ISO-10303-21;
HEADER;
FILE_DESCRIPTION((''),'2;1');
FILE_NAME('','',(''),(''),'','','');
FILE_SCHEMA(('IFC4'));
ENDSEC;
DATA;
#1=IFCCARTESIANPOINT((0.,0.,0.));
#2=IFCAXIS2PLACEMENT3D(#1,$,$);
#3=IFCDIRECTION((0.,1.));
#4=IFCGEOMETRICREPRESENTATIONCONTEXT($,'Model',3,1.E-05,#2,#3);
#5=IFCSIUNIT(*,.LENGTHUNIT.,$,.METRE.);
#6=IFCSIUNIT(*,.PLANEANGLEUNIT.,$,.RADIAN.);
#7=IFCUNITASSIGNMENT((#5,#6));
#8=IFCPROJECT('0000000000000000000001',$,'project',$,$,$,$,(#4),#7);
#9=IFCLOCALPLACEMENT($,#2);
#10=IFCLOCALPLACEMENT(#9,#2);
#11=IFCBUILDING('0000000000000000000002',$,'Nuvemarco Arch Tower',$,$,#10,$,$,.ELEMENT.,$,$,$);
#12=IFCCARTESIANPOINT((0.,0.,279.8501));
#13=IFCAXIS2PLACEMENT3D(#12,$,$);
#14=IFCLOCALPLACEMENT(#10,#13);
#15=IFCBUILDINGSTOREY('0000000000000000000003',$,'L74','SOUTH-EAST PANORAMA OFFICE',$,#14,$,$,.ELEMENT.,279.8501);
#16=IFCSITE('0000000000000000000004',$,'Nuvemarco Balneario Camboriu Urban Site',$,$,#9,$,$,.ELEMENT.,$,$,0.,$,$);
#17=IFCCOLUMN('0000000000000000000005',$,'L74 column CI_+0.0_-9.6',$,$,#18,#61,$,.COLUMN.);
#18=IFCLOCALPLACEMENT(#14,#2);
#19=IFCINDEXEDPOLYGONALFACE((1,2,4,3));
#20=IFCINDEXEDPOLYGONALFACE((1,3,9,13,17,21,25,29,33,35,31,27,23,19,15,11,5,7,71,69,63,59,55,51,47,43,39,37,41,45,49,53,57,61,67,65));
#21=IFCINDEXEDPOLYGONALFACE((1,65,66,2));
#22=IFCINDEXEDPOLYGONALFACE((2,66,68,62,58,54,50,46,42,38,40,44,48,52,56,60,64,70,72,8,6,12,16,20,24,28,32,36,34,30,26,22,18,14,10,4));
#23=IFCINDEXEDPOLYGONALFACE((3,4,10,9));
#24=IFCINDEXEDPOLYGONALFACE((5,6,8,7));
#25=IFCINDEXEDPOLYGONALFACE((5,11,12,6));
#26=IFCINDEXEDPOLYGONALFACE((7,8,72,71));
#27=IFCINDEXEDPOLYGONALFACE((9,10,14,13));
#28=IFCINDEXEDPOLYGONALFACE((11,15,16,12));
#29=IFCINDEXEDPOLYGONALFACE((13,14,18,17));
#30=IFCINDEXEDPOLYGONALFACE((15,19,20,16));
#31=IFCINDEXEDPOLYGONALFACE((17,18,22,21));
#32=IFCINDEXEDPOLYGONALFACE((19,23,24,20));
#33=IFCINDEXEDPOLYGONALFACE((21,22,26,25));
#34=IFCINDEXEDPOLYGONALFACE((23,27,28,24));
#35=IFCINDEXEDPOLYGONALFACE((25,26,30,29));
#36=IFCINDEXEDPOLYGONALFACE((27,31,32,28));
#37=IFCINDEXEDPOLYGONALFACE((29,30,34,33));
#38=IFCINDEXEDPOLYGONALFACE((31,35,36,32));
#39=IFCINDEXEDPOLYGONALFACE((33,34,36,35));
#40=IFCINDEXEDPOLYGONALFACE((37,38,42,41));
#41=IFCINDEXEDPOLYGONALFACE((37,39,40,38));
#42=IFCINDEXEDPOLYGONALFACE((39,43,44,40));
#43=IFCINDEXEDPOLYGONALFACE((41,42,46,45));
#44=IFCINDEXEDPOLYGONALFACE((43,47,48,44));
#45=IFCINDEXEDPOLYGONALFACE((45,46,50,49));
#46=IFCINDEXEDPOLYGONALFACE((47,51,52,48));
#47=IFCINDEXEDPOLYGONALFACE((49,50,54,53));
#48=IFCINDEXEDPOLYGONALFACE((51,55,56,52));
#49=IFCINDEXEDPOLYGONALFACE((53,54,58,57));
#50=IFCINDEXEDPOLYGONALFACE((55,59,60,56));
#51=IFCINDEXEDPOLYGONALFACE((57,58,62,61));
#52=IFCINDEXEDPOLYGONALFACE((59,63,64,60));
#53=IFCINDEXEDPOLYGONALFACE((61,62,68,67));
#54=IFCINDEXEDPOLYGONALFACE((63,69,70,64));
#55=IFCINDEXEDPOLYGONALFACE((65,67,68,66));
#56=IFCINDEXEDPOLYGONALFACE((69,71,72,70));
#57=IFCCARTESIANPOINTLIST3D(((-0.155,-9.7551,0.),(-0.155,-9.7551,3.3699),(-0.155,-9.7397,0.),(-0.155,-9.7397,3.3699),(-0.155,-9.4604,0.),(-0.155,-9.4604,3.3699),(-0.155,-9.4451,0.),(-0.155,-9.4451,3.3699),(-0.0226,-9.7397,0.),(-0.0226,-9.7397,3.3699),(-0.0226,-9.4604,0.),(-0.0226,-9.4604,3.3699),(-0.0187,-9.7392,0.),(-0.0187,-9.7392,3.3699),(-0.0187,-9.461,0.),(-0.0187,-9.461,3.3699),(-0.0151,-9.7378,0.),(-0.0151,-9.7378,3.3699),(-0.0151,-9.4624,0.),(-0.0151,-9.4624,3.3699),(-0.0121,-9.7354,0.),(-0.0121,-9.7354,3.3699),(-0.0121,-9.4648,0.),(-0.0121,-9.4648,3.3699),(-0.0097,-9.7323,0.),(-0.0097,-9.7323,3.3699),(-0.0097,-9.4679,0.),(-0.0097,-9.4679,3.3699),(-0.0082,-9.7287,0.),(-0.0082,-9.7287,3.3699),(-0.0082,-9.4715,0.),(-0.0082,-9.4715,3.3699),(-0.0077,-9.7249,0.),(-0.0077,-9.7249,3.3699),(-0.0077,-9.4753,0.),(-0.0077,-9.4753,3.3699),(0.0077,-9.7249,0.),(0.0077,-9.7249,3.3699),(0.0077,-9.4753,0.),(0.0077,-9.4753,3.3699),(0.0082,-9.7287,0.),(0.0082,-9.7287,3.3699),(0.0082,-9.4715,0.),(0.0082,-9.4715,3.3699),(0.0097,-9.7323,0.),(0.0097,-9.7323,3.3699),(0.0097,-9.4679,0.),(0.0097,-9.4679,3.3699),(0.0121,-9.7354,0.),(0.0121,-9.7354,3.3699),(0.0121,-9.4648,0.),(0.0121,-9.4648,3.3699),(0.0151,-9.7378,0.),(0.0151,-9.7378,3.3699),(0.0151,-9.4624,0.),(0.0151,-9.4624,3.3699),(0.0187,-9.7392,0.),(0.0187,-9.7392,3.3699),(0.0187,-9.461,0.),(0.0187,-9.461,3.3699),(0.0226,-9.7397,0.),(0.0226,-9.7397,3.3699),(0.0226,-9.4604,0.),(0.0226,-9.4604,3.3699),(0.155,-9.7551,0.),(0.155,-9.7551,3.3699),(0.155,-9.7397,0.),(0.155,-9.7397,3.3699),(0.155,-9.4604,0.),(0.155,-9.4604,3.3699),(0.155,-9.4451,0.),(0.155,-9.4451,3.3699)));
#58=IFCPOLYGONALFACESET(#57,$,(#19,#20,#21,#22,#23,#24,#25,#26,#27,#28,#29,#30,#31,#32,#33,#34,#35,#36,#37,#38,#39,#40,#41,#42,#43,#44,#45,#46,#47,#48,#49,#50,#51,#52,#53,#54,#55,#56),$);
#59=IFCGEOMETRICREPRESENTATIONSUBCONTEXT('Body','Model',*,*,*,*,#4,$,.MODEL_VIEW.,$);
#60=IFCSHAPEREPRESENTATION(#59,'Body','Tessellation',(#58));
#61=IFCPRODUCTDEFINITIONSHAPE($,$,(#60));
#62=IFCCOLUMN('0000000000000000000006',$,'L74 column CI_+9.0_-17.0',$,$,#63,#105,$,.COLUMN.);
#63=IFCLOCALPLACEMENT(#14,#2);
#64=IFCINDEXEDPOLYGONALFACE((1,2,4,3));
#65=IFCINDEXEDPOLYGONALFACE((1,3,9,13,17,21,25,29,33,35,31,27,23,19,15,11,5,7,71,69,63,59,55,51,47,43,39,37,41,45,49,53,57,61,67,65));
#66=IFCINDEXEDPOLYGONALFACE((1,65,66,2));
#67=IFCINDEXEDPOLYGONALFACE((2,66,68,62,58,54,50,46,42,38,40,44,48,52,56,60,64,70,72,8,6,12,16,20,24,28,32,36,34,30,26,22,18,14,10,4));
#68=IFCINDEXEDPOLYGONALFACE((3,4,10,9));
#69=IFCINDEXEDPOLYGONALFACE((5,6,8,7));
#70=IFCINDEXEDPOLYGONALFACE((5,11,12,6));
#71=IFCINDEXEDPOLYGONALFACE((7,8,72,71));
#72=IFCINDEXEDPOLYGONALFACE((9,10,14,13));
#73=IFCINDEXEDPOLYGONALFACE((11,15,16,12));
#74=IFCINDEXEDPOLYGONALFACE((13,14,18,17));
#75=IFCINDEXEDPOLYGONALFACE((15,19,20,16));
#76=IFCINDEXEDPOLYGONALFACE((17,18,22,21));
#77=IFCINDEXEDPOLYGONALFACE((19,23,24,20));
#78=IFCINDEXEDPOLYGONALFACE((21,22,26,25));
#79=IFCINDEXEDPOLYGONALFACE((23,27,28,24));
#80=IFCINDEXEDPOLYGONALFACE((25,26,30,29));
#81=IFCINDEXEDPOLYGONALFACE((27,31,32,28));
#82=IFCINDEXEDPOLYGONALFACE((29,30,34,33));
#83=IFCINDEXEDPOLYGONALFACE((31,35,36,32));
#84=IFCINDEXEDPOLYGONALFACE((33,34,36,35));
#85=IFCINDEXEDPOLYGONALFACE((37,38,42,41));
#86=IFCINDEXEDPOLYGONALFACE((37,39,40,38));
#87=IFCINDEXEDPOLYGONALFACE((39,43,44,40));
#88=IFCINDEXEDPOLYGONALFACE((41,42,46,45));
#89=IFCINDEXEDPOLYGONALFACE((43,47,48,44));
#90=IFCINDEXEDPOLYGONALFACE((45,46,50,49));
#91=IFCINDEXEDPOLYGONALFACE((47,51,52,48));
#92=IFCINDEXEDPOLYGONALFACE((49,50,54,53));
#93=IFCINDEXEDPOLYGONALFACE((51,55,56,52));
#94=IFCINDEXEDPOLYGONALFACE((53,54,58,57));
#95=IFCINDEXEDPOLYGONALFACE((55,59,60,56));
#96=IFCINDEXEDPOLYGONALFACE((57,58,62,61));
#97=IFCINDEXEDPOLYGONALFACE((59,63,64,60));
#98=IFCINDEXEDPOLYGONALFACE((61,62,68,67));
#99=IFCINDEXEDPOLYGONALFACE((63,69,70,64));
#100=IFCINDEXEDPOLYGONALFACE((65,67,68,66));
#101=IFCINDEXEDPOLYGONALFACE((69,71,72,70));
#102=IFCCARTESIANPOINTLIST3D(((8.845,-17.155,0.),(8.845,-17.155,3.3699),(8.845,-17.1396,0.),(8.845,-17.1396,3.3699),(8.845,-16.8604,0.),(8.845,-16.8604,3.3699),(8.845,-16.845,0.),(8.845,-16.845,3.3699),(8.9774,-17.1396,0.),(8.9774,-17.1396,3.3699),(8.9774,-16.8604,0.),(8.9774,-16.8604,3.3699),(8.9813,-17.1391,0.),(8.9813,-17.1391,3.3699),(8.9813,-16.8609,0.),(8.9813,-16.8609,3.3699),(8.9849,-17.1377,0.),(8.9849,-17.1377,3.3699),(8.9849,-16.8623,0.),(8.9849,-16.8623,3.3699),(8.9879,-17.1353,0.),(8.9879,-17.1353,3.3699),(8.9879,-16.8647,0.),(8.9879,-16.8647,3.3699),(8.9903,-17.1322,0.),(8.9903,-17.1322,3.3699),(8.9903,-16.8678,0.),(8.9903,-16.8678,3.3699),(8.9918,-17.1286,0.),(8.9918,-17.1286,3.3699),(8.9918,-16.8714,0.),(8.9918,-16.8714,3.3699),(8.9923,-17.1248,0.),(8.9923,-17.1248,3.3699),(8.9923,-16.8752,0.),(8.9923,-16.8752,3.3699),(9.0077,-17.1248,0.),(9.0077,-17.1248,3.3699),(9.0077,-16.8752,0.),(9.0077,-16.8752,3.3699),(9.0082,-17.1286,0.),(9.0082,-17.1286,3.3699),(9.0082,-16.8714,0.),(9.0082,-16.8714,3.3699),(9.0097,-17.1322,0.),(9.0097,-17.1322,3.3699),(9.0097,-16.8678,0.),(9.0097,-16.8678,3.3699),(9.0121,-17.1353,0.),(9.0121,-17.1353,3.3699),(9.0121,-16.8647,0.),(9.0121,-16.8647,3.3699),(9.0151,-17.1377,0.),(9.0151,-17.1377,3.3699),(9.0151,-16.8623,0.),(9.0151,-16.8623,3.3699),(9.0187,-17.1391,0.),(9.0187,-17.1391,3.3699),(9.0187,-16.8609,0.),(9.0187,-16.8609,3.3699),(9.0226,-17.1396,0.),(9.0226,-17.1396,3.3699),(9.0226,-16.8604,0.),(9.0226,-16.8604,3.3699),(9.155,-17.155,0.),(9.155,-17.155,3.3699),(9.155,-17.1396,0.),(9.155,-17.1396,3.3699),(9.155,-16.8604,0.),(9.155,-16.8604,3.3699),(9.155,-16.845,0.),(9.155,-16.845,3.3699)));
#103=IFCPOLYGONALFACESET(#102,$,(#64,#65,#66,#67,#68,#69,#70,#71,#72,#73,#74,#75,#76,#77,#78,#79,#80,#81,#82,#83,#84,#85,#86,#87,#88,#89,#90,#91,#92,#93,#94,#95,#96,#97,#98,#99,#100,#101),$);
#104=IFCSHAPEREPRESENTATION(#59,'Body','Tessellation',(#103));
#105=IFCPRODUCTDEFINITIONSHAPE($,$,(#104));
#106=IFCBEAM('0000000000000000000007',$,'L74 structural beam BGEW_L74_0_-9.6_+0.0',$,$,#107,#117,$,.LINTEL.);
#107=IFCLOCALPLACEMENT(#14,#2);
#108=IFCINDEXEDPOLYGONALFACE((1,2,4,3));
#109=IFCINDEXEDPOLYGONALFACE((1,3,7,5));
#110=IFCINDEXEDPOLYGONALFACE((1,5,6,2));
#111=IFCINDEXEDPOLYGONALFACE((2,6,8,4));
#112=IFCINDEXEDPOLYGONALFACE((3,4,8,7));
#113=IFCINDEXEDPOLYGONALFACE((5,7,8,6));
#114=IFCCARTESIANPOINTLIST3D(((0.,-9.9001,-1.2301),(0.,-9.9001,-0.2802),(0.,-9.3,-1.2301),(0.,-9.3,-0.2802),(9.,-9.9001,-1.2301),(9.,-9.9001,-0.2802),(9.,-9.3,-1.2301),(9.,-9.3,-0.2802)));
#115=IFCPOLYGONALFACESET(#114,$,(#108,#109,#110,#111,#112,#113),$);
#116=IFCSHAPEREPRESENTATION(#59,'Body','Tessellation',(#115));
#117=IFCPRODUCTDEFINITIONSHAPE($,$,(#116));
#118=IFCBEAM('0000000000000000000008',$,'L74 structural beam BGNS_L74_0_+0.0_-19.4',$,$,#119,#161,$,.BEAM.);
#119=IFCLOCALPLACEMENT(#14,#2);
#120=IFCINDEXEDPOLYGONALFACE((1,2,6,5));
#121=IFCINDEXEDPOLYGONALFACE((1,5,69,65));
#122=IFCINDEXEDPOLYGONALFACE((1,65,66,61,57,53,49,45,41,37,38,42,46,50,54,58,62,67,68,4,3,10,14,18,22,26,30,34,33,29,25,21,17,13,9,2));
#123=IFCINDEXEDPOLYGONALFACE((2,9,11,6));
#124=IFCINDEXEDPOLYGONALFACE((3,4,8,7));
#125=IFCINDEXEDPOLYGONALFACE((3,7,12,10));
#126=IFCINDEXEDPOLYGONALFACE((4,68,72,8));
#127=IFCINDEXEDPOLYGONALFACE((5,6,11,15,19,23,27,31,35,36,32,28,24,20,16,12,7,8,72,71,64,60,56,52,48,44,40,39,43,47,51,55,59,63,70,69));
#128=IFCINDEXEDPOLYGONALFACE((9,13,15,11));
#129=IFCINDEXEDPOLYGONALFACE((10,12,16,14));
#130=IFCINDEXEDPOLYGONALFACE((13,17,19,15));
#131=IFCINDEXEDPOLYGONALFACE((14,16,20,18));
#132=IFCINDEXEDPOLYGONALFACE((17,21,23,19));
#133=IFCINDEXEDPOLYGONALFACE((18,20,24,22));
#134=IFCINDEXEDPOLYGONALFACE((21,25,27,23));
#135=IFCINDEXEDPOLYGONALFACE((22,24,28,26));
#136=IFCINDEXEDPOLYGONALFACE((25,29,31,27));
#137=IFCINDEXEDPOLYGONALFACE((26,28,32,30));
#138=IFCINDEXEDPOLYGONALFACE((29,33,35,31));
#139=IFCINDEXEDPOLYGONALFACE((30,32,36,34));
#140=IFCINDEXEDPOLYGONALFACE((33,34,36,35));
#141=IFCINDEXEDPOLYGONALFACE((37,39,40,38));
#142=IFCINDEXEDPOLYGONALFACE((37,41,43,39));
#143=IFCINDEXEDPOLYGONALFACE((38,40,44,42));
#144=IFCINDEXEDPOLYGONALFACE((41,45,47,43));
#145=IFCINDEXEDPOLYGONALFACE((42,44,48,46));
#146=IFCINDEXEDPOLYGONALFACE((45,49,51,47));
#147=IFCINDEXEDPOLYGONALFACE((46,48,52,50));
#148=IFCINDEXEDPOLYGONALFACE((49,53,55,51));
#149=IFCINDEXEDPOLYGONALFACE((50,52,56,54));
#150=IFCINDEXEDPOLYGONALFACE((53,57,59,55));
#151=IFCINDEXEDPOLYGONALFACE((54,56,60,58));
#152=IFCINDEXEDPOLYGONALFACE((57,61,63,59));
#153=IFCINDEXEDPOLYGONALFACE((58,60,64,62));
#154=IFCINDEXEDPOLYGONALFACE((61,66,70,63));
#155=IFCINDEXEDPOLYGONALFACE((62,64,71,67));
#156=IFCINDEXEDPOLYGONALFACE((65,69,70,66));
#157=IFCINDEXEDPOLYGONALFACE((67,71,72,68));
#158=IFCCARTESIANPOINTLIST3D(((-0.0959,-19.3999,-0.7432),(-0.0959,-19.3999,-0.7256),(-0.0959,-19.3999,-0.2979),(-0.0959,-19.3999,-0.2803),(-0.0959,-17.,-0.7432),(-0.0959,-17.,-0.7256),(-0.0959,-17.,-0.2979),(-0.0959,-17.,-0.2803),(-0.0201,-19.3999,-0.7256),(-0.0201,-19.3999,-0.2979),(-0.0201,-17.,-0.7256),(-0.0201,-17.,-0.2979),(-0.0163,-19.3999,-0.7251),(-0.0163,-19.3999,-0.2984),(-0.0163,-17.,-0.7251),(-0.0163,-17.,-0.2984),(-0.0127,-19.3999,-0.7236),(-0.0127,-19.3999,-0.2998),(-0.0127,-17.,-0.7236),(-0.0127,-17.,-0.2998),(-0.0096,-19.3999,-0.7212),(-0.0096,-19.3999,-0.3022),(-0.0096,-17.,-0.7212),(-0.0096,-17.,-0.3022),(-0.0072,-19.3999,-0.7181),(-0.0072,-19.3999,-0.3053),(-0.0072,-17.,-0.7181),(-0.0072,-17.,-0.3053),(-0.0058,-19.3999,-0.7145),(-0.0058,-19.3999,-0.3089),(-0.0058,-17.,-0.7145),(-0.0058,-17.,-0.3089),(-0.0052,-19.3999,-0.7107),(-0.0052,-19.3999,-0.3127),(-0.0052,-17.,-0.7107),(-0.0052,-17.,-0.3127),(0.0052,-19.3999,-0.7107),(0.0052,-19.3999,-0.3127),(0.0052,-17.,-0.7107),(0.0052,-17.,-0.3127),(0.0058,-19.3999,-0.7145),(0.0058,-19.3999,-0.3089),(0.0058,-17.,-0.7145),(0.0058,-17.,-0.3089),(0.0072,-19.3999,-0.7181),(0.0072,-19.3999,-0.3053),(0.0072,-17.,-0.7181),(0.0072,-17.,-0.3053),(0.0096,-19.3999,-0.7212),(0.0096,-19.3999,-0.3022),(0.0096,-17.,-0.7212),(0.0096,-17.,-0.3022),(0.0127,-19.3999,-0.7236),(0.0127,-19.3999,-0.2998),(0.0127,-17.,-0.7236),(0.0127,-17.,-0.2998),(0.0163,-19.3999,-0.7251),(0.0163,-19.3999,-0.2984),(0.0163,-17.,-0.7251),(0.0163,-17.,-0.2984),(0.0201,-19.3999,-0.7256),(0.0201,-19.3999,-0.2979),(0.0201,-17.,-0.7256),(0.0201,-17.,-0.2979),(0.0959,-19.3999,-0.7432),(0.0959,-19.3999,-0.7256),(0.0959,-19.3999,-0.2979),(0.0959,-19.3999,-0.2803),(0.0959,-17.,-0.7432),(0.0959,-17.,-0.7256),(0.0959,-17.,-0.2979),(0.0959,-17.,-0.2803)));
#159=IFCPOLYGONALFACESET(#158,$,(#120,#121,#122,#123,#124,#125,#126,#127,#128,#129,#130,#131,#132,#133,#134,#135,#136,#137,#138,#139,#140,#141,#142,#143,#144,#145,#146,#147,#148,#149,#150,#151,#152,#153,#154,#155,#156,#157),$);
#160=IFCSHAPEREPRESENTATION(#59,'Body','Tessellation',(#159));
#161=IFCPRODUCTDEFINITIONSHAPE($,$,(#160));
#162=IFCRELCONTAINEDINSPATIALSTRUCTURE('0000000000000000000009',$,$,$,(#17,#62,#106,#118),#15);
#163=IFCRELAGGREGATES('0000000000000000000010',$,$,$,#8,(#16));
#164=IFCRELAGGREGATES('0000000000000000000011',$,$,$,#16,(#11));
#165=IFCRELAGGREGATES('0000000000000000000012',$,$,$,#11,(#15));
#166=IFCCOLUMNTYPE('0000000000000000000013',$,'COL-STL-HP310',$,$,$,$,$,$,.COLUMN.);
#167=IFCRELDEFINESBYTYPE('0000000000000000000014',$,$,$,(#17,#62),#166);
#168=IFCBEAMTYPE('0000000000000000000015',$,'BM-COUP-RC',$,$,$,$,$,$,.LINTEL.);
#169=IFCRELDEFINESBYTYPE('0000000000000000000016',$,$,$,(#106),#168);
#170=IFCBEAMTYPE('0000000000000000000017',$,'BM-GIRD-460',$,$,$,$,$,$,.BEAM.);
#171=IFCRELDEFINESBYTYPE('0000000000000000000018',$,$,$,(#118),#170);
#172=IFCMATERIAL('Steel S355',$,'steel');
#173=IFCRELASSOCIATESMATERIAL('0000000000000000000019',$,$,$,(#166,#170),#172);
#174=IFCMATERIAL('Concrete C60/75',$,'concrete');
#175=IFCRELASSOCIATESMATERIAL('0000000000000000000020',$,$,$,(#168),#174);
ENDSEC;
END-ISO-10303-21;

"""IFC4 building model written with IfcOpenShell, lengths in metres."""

from ifc_helpers import new_model, si_unit, direction, frame, origin, origin_2d, place, context, subcontext, project, spatial, rectangle, i_section, extrude, material, material_profile, profile_set, type_object, element, save


model = new_model("IFC4")

# Units and contexts
model_context = context("Model", 3, precision=1e-05, world=origin(), true_north=direction((0.0, 1.0)))
body_context = subcontext(model_context, "Body", "Model", "MODEL_VIEW")
ifc_project = project(units=[si_unit("LENGTHUNIT", "METRE"), si_unit("PLANEANGLEUNIT", "RADIAN")], contexts=[model_context])

# Site, building, storey
site_placement = place(None, origin())
site = spatial("IfcSite", under=ifc_project, at=site_placement, Name="Nuvemarco Balneario Camboriu Urban Site", CompositionType="ELEMENT", RefElevation=0.0)
building_placement = place(site_placement, origin())
building = spatial("IfcBuilding", under=site, at=building_placement, Name="Nuvemarco Arch Tower", CompositionType="ELEMENT")
storey_placement = place(building_placement, frame((0.0, 0.0, 279.8501)))
storey = spatial("IfcBuildingStorey", under=building, at=storey_placement, Name="L74", Description="SOUTH-EAST PANORAMA OFFICE", CompositionType="ELEMENT", Elevation=279.8501)

# Columns
ifc_material_1 = material(Name="Steel S355", Category="steel")
ifc_material_profile_1 = material_profile(ifc_material_1, i_section(OverallWidth=0.3101, OverallDepth=0.3101, WebThickness=0.0154, FlangeThickness=0.0154, FilletRadius=0.0149, at=origin_2d()), Name="HP310x110")
ifc_profile_set_1 = profile_set([ifc_material_profile_1], Name="Steel S355")
column_type_1 = type_object("IfcColumnType", Name="COL-STL-HP310", PredefinedType="COLUMN", material=ifc_profile_set_1)
for number, where, z_axis, x_axis, name in (
    (1, (0.0, -9.6001, 0.0), (0.0, 0.0, 1.0), (1.0, 0.0, 0.0), "L74 column CI_+0.0_-9.6"),
    (2, (9.0, -17.0, 0.0), (0.0, 0.0, 1.0), (1.0, 0.0, 0.0), "L74 column CI_+9.0_-17.0"),
):
    element("IfcColumn", number, at=place(storey_placement, frame(where, z_axis=z_axis, x_axis=x_axis)), inside=storey, type_object=column_type_1, Name=name, PredefinedType="COLUMN", context=body_context, shape_type="SweptSolid", body=[
        extrude(i_section(OverallWidth=0.3101, OverallDepth=0.3101, WebThickness=0.0154, FlangeThickness=0.0154, FilletRadius=0.0149, at=origin_2d()), origin(), (0.0, 0.0, 1.0), 3.3699),
    ])

# Beams
ifc_material_2 = material(Name="Concrete C60/75", Category="concrete")
ifc_material_profile_2 = material_profile(ifc_material_2, rectangle(XDim=0.6001, YDim=0.95, at=origin_2d()), Name="RC-BM-600x950")
ifc_profile_set_2 = profile_set([ifc_material_profile_2], Name="Concrete C60/75")
beam_type_1 = type_object("IfcBeamType", Name="BM-COUP-RC", PredefinedType="LINTEL", material=ifc_profile_set_2)
beam_1_placement = place(storey_placement, frame((0.0, -9.6001, -0.7551), z_axis=(1.0, 0.0, 0.0), x_axis=(0.0, 1.0, 0.0)))
element("IfcBeam", 3, at=beam_1_placement, inside=storey, type_object=beam_type_1, Name="L74 structural beam BGEW_L74_0_-9.6_+0.0", PredefinedType="LINTEL", context=body_context, shape_type="SweptSolid", body=[
    extrude(rectangle(XDim=0.6001, YDim=0.95, at=origin_2d()), origin(), (0.0, 0.0, 1.0), 9.0),
])
ifc_material_profile_3 = material_profile(ifc_material_1, i_section(OverallWidth=0.1919, OverallDepth=0.4629, WebThickness=0.0105, FlangeThickness=0.0176, FilletRadius=0.0149, at=origin_2d()), Name="W460x89")
ifc_profile_set_3 = profile_set([ifc_material_profile_3], Name="Steel S355")
beam_type_2 = type_object("IfcBeamType", Name="BM-GIRD-460", PredefinedType="BEAM", material=ifc_profile_set_3)
beam_2_placement = place(storey_placement, frame((0.0, -19.3999, -0.5117), z_axis=(0.0, 1.0, 0.0), x_axis=(-1.0, 0.0, 0.0)))
element("IfcBeam", 4, at=beam_2_placement, inside=storey, type_object=beam_type_2, Name="L74 structural beam BGNS_L74_0_+0.0_-19.4", PredefinedType="BEAM", context=body_context, shape_type="SweptSolid", body=[
    extrude(i_section(OverallWidth=0.1919, OverallDepth=0.4629, WebThickness=0.0105, FlangeThickness=0.0176, FilletRadius=0.0149, at=origin_2d()), origin(), (0.0, 0.0, 1.0), 2.3999),
])

save(model, "model.ifc")
